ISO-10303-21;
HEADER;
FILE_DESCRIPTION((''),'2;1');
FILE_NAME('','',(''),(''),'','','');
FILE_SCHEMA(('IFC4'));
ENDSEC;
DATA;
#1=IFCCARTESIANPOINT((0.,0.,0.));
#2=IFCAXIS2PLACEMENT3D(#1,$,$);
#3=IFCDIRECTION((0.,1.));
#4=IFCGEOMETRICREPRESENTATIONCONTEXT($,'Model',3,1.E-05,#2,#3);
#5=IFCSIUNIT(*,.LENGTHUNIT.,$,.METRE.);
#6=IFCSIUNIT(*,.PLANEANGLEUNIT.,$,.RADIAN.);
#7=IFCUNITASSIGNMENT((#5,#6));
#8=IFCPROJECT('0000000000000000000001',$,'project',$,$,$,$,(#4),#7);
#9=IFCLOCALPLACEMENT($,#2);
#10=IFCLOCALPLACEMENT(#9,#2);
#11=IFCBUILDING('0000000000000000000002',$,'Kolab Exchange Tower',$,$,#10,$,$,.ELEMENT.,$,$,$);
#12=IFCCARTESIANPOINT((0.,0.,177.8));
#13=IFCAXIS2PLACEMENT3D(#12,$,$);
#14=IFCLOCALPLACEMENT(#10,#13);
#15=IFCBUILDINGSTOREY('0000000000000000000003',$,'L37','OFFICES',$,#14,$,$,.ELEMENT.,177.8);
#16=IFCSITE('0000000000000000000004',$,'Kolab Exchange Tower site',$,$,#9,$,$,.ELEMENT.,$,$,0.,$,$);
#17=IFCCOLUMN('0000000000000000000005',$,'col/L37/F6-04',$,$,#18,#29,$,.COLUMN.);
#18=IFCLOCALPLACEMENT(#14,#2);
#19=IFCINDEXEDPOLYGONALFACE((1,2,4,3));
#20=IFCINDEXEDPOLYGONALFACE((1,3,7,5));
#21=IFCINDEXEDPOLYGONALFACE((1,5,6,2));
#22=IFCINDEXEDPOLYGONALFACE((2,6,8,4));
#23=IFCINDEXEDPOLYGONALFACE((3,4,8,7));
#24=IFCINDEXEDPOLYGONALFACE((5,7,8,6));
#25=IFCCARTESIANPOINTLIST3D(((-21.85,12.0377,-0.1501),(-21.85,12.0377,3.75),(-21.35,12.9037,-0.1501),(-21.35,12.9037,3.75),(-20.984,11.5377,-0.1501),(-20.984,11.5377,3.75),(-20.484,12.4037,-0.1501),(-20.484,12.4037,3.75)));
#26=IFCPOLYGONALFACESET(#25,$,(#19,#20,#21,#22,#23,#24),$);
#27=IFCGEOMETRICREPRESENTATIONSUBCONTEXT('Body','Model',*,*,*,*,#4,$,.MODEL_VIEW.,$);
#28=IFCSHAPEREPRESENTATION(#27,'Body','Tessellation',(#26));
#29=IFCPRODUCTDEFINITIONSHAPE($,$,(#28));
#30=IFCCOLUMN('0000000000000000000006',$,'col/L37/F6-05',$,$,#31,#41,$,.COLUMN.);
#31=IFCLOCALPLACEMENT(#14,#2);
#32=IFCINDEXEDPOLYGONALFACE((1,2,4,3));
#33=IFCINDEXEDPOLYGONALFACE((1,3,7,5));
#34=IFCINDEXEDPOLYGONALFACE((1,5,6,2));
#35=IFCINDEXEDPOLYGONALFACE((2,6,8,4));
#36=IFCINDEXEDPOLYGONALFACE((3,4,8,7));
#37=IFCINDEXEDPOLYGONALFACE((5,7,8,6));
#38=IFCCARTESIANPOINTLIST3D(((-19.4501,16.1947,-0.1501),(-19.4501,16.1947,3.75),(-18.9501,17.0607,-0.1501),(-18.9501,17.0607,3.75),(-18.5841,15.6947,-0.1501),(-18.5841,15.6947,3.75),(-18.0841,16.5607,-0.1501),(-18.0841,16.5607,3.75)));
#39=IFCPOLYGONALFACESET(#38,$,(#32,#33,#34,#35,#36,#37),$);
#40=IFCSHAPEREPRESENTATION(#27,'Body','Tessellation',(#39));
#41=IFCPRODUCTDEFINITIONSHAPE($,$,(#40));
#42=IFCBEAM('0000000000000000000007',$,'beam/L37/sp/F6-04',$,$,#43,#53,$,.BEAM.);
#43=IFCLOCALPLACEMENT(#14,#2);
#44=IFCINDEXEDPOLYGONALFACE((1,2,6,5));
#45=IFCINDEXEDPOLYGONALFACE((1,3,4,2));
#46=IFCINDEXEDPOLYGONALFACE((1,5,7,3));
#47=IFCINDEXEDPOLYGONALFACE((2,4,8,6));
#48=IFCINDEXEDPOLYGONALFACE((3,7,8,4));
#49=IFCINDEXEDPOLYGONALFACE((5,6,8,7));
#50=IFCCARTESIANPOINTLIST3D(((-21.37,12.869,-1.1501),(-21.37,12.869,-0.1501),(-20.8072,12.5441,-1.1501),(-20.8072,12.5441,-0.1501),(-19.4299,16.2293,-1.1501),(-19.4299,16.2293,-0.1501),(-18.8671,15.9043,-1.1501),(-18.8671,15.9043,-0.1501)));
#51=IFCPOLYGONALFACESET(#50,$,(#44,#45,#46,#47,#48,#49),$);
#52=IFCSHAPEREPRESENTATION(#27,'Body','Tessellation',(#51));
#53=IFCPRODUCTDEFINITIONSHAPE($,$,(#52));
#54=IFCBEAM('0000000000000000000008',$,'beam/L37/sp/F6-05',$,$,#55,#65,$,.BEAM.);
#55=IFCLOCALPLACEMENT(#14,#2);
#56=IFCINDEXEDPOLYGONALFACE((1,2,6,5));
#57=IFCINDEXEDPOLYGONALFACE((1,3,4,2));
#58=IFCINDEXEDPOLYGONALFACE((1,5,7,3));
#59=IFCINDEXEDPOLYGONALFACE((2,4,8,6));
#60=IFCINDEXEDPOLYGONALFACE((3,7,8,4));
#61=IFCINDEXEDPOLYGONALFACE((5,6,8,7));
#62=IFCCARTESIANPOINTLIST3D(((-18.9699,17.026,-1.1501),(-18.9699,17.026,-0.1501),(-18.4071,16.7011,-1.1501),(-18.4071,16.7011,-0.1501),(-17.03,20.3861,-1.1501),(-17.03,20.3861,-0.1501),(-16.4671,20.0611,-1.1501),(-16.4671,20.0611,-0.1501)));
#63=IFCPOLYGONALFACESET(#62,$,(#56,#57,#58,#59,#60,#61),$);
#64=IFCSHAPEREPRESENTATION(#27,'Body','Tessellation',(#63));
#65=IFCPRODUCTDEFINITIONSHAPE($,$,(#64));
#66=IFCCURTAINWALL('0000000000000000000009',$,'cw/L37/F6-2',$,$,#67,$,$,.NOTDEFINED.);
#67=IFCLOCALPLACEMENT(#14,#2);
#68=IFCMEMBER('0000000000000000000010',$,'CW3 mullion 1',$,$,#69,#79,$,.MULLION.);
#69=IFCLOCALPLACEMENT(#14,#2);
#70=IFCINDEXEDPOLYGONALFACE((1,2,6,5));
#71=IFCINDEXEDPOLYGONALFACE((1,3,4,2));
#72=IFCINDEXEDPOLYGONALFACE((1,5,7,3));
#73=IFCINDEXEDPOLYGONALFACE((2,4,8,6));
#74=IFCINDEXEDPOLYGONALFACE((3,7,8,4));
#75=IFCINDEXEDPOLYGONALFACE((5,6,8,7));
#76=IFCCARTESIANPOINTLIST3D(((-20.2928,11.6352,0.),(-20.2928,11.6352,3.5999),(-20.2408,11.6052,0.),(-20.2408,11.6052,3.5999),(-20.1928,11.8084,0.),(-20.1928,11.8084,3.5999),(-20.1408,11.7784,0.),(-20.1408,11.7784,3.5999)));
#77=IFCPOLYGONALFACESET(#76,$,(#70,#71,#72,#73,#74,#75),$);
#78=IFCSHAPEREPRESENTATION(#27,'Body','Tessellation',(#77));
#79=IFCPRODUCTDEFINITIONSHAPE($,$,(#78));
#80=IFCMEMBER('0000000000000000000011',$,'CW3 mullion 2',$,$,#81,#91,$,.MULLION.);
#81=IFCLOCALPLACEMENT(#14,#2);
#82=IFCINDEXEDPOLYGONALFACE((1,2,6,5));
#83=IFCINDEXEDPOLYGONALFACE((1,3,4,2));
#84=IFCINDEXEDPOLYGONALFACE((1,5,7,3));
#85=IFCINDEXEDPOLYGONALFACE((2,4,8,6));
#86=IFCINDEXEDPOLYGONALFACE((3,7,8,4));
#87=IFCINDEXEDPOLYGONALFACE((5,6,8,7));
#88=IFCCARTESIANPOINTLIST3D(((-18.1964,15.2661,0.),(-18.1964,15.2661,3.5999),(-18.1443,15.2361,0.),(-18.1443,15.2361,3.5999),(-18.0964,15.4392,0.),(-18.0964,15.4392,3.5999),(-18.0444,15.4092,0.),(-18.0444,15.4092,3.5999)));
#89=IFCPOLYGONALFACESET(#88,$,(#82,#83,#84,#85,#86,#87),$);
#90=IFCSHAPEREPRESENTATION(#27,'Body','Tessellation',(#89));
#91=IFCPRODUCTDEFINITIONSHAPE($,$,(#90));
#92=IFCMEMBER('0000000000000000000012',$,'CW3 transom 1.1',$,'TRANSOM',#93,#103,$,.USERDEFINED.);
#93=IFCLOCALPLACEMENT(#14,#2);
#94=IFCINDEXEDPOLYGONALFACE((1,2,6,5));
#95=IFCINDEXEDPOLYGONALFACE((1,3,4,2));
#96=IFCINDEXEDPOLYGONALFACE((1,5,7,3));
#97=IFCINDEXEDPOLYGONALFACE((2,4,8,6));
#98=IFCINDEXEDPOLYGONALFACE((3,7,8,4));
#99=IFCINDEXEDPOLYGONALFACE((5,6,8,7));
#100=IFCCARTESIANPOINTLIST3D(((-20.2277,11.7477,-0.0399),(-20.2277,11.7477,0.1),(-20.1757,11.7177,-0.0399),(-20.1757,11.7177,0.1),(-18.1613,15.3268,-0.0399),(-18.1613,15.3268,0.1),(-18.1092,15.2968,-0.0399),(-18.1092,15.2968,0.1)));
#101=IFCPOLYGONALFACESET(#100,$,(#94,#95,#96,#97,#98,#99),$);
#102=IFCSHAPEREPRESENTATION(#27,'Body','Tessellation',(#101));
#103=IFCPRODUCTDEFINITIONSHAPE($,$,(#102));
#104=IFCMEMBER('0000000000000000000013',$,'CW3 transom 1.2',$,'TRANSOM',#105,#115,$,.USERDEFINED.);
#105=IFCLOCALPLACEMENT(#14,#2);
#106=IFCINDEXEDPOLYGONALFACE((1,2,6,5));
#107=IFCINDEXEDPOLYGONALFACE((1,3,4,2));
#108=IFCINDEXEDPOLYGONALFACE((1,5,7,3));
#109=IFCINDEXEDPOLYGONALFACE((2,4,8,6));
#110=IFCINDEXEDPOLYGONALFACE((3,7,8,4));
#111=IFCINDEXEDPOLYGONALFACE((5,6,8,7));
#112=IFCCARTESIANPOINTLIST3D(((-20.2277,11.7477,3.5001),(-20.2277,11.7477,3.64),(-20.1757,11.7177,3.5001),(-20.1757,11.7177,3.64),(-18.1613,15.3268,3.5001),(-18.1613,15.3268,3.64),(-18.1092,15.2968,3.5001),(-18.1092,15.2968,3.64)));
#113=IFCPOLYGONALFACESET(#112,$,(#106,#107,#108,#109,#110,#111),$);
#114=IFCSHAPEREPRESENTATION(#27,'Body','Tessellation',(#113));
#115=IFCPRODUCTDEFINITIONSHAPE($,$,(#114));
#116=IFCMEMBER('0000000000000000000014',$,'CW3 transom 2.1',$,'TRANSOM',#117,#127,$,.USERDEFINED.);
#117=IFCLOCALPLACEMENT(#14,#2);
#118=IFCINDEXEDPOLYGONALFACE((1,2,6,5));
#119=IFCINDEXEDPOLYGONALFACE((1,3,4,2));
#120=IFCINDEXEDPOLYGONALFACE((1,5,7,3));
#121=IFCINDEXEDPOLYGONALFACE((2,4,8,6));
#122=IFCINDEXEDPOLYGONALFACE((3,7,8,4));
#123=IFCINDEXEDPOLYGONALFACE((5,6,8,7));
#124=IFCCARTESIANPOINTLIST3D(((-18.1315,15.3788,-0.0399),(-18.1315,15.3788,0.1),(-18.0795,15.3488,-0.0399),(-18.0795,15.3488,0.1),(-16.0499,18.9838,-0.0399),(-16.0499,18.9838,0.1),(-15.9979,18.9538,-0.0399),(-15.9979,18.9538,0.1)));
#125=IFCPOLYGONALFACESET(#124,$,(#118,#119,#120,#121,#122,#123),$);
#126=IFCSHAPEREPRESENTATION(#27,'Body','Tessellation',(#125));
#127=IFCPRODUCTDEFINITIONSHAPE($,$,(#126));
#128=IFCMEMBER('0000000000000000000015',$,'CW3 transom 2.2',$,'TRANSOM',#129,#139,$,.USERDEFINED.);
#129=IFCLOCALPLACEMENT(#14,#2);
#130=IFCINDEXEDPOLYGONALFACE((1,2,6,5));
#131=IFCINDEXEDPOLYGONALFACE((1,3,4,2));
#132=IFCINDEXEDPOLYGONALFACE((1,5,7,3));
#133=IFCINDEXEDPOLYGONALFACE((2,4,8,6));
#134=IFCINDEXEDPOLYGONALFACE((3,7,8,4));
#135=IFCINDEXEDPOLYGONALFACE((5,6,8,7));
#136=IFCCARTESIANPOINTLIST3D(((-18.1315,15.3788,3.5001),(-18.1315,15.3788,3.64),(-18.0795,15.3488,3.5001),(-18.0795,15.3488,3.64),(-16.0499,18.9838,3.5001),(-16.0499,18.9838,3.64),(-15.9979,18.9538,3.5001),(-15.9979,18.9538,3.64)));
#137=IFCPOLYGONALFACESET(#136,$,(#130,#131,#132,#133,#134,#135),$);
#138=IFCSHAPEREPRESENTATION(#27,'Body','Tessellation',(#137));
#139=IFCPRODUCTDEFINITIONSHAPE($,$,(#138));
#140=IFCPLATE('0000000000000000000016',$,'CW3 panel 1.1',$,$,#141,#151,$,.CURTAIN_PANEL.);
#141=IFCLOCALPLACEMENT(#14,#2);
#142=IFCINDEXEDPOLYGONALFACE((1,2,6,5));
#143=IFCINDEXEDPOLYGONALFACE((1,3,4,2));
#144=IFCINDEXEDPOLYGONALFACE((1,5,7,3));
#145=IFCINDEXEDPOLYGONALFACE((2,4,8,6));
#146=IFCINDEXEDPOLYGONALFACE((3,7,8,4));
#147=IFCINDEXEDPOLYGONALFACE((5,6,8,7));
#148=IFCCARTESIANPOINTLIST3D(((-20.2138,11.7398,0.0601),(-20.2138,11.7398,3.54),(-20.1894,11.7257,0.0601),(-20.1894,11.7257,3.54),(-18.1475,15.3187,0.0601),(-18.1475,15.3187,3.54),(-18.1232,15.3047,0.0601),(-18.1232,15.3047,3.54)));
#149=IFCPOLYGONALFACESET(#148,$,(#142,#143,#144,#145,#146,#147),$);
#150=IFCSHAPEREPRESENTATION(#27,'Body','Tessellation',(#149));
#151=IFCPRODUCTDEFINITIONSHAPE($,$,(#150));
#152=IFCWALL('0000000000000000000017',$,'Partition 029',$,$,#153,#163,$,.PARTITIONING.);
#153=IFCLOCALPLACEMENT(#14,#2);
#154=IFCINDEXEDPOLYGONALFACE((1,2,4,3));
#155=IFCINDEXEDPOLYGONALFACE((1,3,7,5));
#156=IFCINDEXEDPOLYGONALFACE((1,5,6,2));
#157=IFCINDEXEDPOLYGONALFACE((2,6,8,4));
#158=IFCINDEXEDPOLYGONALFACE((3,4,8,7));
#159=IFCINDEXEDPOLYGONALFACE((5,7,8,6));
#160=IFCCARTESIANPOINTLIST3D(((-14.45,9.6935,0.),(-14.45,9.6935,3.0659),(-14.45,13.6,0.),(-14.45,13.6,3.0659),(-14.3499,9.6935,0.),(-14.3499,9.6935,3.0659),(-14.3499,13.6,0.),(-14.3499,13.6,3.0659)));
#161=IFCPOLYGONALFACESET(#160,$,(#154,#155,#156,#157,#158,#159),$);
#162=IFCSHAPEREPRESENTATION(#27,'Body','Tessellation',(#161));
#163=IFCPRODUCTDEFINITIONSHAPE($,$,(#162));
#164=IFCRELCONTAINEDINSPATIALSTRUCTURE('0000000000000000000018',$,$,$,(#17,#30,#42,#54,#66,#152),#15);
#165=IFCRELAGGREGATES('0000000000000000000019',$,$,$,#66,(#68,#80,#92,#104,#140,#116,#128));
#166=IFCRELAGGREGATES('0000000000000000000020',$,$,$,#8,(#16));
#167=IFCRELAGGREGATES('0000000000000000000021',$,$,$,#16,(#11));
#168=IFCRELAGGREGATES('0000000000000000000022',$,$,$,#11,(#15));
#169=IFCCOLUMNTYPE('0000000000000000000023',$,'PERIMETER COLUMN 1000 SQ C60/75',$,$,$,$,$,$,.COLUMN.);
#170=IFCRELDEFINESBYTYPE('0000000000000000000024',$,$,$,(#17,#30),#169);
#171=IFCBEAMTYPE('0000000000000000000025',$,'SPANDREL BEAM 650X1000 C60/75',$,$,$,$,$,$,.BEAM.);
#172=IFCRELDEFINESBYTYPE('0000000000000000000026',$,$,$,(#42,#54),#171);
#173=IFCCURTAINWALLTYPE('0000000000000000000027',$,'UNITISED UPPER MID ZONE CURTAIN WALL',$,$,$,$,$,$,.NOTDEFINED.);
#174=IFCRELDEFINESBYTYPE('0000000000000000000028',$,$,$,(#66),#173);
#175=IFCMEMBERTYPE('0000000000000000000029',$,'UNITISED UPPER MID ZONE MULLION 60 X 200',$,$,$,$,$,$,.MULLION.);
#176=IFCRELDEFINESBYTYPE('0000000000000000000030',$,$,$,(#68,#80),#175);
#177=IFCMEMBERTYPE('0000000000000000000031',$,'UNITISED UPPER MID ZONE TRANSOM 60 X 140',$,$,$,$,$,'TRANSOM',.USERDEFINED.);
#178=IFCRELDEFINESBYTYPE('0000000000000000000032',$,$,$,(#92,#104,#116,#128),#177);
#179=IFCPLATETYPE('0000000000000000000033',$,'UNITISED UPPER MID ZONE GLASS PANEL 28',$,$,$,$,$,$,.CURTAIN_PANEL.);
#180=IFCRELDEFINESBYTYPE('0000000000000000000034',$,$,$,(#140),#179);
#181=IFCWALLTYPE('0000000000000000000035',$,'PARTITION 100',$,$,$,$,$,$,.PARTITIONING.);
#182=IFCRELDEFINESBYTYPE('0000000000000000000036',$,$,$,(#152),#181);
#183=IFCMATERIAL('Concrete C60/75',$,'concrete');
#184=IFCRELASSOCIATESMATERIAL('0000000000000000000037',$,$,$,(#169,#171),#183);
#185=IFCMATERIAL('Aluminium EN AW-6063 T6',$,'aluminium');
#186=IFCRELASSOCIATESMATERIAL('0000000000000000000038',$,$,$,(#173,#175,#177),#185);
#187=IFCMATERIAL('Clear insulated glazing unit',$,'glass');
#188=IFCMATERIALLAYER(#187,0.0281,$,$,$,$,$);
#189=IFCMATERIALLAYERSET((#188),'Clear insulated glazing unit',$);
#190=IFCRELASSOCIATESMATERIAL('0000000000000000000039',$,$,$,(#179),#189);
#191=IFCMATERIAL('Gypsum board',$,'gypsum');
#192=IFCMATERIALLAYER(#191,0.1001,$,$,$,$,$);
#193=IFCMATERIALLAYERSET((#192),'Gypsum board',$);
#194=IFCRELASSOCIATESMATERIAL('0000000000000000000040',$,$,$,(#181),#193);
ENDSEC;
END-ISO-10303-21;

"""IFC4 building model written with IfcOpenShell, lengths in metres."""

from ifc_helpers import new_model, si_unit, direction, frame, frame_2d, origin, origin_2d, place, context, subcontext, project, spatial, rectangle, extrude, material, layer, layer_set, material_profile, profile_set, type_object, element, aggregate, save


model = new_model("IFC4")

# Units and contexts
model_context = context("Model", 3, precision=1e-05, world=origin(), true_north=direction((0.0, 1.0)))
body_context = subcontext(model_context, "Body", "Model", "MODEL_VIEW")
ifc_project = project(units=[si_unit("LENGTHUNIT", "METRE"), si_unit("PLANEANGLEUNIT", "RADIAN")], contexts=[model_context])

# Site, building, storey
site_placement = place(None, origin())
site = spatial("IfcSite", under=ifc_project, at=site_placement, Name="Kolab Exchange Tower site", CompositionType="ELEMENT", RefElevation=0.0)
building_placement = place(site_placement, origin())
building = spatial("IfcBuilding", under=site, at=building_placement, Name="Kolab Exchange Tower", CompositionType="ELEMENT")
storey_placement = place(building_placement, frame((0.0, 0.0, 177.8)))
storey = spatial("IfcBuildingStorey", under=building, at=storey_placement, Name="L37", Description="OFFICES", CompositionType="ELEMENT", Elevation=177.8)

# Columns
ifc_material_1 = material(Name="Concrete C60/75", Category="concrete")
ifc_material_profile_1 = material_profile(ifc_material_1, rectangle(XDim=1.0, YDim=1.0, at=origin_2d()), Name="RC1000")
ifc_profile_set_1 = profile_set([ifc_material_profile_1], Name="Concrete C60/75")
column_type = type_object("IfcColumnType", Name="PERIMETER COLUMN 1000 SQ C60/75", PredefinedType="COLUMN", material=ifc_profile_set_1)
for number, where, z_axis, x_axis, name in (
    (1, (-21.167, 12.2207, -0.1501), (0.0, 0.0, 1.0), (0.5, 0.866025, 0.0), "col/L37/F6-04"),
    (2, (-18.7671, 16.3777, -0.1501), (0.0, 0.0, 1.0), (0.5, 0.866025, 0.0), "col/L37/F6-05"),
):
    element("IfcColumn", number, at=place(storey_placement, frame(where, z_axis=z_axis, x_axis=x_axis)), inside=storey, type_object=column_type, Name=name, PredefinedType="COLUMN", context=body_context, shape_type="SweptSolid", body=[
        extrude(rectangle(XDim=1.0, YDim=1.0, at=origin_2d()), origin(), (0.0, 0.0, 1.0), 3.9001),
    ])

# Beams
ifc_material_profile_2 = material_profile(ifc_material_1, rectangle(XDim=0.6499, YDim=1.0, at=origin_2d()), Name="RC650X1000")
ifc_profile_set_2 = profile_set([ifc_material_profile_2], Name="Concrete C60/75")
beam_type = type_object("IfcBeamType", Name="SPANDREL BEAM 650X1000 C60/75", PredefinedType="BEAM", material=ifc_profile_set_2)
beam_1_placement = place(storey_placement, frame((-21.0886, 12.7065, -0.6501), z_axis=(0.500017, 0.866016, 0.0), x_axis=(-0.866016, 0.500017, 0.0)))
element("IfcBeam", 3, at=beam_1_placement, inside=storey, type_object=beam_type, Name="beam/L37/sp/F6-04", PredefinedType="BEAM", context=body_context, shape_type="SweptSolid", body=[
    extrude(rectangle(XDim=0.6499, YDim=1.0, at=origin_2d()), origin(), (0.0, 0.0, 1.0), 3.8801),
])
beam_2_placement = place(storey_placement, frame((-18.6885, 16.8635, -0.6501), z_axis=(0.499997, 0.866027, 0.0), x_axis=(-0.866027, 0.499997, 0.0)))
element("IfcBeam", 4, at=beam_2_placement, inside=storey, type_object=beam_type, Name="beam/L37/sp/F6-05", PredefinedType="BEAM", context=body_context, shape_type="SweptSolid", body=[
    extrude(rectangle(XDim=0.6499, YDim=1.0, at=origin_2d()), origin(), (0.0, 0.0, 1.0), 3.8799),
])

# Curtain wall, members, plate
ifc_material_2 = material(Name="Aluminium EN AW-6063 T6", Category="aluminium")
curtain_wall_type = type_object("IfcCurtainWallType", Name="UNITISED UPPER MID ZONE CURTAIN WALL", PredefinedType="NOTDEFINED", material=ifc_material_2)
curtain_wall_placement = place(storey_placement, origin())
curtain_wall = element("IfcCurtainWall", 5, at=curtain_wall_placement, inside=storey, type_object=curtain_wall_type, Name="cw/L37/F6-2", PredefinedType="NOTDEFINED")
ifc_material_profile_3 = material_profile(ifc_material_2, rectangle(XDim=0.0601, YDim=0.2, at=origin_2d()), Name="RECT 60X200")
ifc_profile_set_3 = profile_set([ifc_material_profile_3], Name="Aluminium EN AW-6063 T6")
member_type_1 = type_object("IfcMemberType", Name="UNITISED UPPER MID ZONE MULLION 60 X 200", PredefinedType="MULLION", material=ifc_profile_set_3)
member_1_placement = place(storey_placement, frame((-20.2168, 11.7068, 0.0), z_axis=(0.0, 0.0, 1.0), x_axis=(-0.866025, 0.5, 0.0)))
member_1 = element("IfcMember", 6, at=member_1_placement, type_object=member_type_1, Name="CW3 mullion 1", PredefinedType="MULLION", context=body_context, shape_type="SweptSolid", body=[
    extrude(rectangle(XDim=0.0601, YDim=0.2, at=origin_2d()), origin(), (0.0, 0.0, 1.0), 3.5999),
])
member_2_placement = place(storey_placement, frame((-18.1204, 15.3376, 0.0), z_axis=(0.0, 0.0, 1.0), x_axis=(-0.866025, 0.5, 0.0)))
member_2 = element("IfcMember", 7, at=member_2_placement, type_object=member_type_1, Name="CW3 mullion 2", PredefinedType="MULLION", context=body_context, shape_type="SweptSolid", body=[
    extrude(rectangle(XDim=0.0601, YDim=0.2, at=origin_2d()), origin(), (0.0, 0.0, 1.0), 3.5999),
])
ifc_material_profile_4 = material_profile(ifc_material_2, rectangle(XDim=0.0601, YDim=0.1399, at=origin_2d()), Name="RECT 60X140")
ifc_profile_set_4 = profile_set([ifc_material_profile_4], Name="Aluminium EN AW-6063 T6")
member_type_2 = type_object("IfcMemberType", Name="UNITISED UPPER MID ZONE TRANSOM 60 X 140", ElementType="TRANSOM", PredefinedType="USERDEFINED", material=ifc_profile_set_4)
member_3_placement = place(storey_placement, frame((-20.2017, 11.7327, 0.03), z_axis=(0.500002, 0.866024, 0.0), x_axis=(-0.866024, 0.500002, 0.0)))
member_3 = element("IfcMember", 8, at=member_3_placement, type_object=member_type_2, Name="CW3 transom 1.1", ObjectType="TRANSOM", PredefinedType="USERDEFINED", context=body_context, shape_type="SweptSolid", body=[
    extrude(rectangle(XDim=0.0601, YDim=0.1399, at=origin_2d()), origin(), (0.0, 0.0, 1.0), 4.1328),
])
member_4_placement = place(storey_placement, frame((-20.2017, 11.7327, 3.5701), z_axis=(0.500002, 0.866024, 0.0), x_axis=(-0.866024, 0.500002, 0.0)))
member_4 = element("IfcMember", 9, at=member_4_placement, type_object=member_type_2, Name="CW3 transom 1.2", ObjectType="TRANSOM", PredefinedType="USERDEFINED", context=body_context, shape_type="SweptSolid", body=[
    extrude(rectangle(XDim=0.0601, YDim=0.1399, at=origin_2d()), origin(), (0.0, 0.0, 1.0), 4.1328),
])
member_5_placement = place(storey_placement, frame((-18.1055, 15.3638, 0.03), z_axis=(0.500037, 0.866004, 0.0), x_axis=(-0.866004, 0.500037, 0.0)))
member_5 = element("IfcMember", 10, at=member_5_placement, type_object=member_type_2, Name="CW3 transom 2.1", ObjectType="TRANSOM", PredefinedType="USERDEFINED", context=body_context, shape_type="SweptSolid", body=[
    extrude(rectangle(XDim=0.0601, YDim=0.1399, at=origin_2d()), origin(), (0.0, 0.0, 1.0), 4.1628),
])
member_6_placement = place(storey_placement, frame((-18.1055, 15.3638, 3.5701), z_axis=(0.500037, 0.866004, 0.0), x_axis=(-0.866004, 0.500037, 0.0)))
member_6 = element("IfcMember", 11, at=member_6_placement, type_object=member_type_2, Name="CW3 transom 2.2", ObjectType="TRANSOM", PredefinedType="USERDEFINED", context=body_context, shape_type="SweptSolid", body=[
    extrude(rectangle(XDim=0.0601, YDim=0.1399, at=origin_2d()), origin(), (0.0, 0.0, 1.0), 4.1628),
])
ifc_material_3 = material(Name="Clear insulated glazing unit", Category="glass")
ifc_layer_1 = layer(ifc_material_3, 0.0281)
ifc_layer_set_1 = layer_set([ifc_layer_1], Name="Clear insulated glazing unit")
plate_type = type_object("IfcPlateType", Name="UNITISED UPPER MID ZONE GLASS PANEL 28", PredefinedType="CURTAIN_PANEL", material=ifc_layer_set_1)
plate_placement = place(storey_placement, frame((-19.1685, 13.5222, 0.0601), z_axis=(0.0, 0.0, 1.0), x_axis=(0.5, 0.866025, 0.0)))
plate = element("IfcPlate", 12, at=plate_placement, type_object=plate_type, Name="CW3 panel 1.1", PredefinedType="CURTAIN_PANEL", context=body_context, shape_type="SweptSolid", body=[
    extrude(rectangle(XDim=4.1326, YDim=0.0281, at=origin_2d()), origin(), (0.0, 0.0, 1.0), 3.48),
])
aggregate(curtain_wall, [member_1, member_2, member_3, member_4, plate, member_5, member_6])

# Wall
ifc_material_4 = material(Name="Gypsum board", Category="gypsum")
ifc_layer_2 = layer(ifc_material_4, 0.1001)
ifc_layer_set_2 = layer_set([ifc_layer_2], Name="Gypsum board")
wall_type_1 = type_object("IfcWallType", Name="PARTITION 100", PredefinedType="PARTITIONING", material=ifc_layer_set_2)
wall_1_placement = place(storey_placement, frame((-14.3999, 9.6936, 0.0), z_axis=(0.0, 0.0, 1.0), x_axis=(0.0, 1.0, 0.0)))
element("IfcWall", 13, at=wall_1_placement, inside=storey, type_object=wall_type_1, Name="Partition 029", PredefinedType="PARTITIONING", context=body_context, shape_type="SweptSolid", body=[
    extrude(rectangle(XDim=3.9065, YDim=0.1001, at=frame_2d((1.9531, 0.0))), origin(), (0.0, 0.0, 1.0), 3.0659),
])

save(model, "model.ifc")
